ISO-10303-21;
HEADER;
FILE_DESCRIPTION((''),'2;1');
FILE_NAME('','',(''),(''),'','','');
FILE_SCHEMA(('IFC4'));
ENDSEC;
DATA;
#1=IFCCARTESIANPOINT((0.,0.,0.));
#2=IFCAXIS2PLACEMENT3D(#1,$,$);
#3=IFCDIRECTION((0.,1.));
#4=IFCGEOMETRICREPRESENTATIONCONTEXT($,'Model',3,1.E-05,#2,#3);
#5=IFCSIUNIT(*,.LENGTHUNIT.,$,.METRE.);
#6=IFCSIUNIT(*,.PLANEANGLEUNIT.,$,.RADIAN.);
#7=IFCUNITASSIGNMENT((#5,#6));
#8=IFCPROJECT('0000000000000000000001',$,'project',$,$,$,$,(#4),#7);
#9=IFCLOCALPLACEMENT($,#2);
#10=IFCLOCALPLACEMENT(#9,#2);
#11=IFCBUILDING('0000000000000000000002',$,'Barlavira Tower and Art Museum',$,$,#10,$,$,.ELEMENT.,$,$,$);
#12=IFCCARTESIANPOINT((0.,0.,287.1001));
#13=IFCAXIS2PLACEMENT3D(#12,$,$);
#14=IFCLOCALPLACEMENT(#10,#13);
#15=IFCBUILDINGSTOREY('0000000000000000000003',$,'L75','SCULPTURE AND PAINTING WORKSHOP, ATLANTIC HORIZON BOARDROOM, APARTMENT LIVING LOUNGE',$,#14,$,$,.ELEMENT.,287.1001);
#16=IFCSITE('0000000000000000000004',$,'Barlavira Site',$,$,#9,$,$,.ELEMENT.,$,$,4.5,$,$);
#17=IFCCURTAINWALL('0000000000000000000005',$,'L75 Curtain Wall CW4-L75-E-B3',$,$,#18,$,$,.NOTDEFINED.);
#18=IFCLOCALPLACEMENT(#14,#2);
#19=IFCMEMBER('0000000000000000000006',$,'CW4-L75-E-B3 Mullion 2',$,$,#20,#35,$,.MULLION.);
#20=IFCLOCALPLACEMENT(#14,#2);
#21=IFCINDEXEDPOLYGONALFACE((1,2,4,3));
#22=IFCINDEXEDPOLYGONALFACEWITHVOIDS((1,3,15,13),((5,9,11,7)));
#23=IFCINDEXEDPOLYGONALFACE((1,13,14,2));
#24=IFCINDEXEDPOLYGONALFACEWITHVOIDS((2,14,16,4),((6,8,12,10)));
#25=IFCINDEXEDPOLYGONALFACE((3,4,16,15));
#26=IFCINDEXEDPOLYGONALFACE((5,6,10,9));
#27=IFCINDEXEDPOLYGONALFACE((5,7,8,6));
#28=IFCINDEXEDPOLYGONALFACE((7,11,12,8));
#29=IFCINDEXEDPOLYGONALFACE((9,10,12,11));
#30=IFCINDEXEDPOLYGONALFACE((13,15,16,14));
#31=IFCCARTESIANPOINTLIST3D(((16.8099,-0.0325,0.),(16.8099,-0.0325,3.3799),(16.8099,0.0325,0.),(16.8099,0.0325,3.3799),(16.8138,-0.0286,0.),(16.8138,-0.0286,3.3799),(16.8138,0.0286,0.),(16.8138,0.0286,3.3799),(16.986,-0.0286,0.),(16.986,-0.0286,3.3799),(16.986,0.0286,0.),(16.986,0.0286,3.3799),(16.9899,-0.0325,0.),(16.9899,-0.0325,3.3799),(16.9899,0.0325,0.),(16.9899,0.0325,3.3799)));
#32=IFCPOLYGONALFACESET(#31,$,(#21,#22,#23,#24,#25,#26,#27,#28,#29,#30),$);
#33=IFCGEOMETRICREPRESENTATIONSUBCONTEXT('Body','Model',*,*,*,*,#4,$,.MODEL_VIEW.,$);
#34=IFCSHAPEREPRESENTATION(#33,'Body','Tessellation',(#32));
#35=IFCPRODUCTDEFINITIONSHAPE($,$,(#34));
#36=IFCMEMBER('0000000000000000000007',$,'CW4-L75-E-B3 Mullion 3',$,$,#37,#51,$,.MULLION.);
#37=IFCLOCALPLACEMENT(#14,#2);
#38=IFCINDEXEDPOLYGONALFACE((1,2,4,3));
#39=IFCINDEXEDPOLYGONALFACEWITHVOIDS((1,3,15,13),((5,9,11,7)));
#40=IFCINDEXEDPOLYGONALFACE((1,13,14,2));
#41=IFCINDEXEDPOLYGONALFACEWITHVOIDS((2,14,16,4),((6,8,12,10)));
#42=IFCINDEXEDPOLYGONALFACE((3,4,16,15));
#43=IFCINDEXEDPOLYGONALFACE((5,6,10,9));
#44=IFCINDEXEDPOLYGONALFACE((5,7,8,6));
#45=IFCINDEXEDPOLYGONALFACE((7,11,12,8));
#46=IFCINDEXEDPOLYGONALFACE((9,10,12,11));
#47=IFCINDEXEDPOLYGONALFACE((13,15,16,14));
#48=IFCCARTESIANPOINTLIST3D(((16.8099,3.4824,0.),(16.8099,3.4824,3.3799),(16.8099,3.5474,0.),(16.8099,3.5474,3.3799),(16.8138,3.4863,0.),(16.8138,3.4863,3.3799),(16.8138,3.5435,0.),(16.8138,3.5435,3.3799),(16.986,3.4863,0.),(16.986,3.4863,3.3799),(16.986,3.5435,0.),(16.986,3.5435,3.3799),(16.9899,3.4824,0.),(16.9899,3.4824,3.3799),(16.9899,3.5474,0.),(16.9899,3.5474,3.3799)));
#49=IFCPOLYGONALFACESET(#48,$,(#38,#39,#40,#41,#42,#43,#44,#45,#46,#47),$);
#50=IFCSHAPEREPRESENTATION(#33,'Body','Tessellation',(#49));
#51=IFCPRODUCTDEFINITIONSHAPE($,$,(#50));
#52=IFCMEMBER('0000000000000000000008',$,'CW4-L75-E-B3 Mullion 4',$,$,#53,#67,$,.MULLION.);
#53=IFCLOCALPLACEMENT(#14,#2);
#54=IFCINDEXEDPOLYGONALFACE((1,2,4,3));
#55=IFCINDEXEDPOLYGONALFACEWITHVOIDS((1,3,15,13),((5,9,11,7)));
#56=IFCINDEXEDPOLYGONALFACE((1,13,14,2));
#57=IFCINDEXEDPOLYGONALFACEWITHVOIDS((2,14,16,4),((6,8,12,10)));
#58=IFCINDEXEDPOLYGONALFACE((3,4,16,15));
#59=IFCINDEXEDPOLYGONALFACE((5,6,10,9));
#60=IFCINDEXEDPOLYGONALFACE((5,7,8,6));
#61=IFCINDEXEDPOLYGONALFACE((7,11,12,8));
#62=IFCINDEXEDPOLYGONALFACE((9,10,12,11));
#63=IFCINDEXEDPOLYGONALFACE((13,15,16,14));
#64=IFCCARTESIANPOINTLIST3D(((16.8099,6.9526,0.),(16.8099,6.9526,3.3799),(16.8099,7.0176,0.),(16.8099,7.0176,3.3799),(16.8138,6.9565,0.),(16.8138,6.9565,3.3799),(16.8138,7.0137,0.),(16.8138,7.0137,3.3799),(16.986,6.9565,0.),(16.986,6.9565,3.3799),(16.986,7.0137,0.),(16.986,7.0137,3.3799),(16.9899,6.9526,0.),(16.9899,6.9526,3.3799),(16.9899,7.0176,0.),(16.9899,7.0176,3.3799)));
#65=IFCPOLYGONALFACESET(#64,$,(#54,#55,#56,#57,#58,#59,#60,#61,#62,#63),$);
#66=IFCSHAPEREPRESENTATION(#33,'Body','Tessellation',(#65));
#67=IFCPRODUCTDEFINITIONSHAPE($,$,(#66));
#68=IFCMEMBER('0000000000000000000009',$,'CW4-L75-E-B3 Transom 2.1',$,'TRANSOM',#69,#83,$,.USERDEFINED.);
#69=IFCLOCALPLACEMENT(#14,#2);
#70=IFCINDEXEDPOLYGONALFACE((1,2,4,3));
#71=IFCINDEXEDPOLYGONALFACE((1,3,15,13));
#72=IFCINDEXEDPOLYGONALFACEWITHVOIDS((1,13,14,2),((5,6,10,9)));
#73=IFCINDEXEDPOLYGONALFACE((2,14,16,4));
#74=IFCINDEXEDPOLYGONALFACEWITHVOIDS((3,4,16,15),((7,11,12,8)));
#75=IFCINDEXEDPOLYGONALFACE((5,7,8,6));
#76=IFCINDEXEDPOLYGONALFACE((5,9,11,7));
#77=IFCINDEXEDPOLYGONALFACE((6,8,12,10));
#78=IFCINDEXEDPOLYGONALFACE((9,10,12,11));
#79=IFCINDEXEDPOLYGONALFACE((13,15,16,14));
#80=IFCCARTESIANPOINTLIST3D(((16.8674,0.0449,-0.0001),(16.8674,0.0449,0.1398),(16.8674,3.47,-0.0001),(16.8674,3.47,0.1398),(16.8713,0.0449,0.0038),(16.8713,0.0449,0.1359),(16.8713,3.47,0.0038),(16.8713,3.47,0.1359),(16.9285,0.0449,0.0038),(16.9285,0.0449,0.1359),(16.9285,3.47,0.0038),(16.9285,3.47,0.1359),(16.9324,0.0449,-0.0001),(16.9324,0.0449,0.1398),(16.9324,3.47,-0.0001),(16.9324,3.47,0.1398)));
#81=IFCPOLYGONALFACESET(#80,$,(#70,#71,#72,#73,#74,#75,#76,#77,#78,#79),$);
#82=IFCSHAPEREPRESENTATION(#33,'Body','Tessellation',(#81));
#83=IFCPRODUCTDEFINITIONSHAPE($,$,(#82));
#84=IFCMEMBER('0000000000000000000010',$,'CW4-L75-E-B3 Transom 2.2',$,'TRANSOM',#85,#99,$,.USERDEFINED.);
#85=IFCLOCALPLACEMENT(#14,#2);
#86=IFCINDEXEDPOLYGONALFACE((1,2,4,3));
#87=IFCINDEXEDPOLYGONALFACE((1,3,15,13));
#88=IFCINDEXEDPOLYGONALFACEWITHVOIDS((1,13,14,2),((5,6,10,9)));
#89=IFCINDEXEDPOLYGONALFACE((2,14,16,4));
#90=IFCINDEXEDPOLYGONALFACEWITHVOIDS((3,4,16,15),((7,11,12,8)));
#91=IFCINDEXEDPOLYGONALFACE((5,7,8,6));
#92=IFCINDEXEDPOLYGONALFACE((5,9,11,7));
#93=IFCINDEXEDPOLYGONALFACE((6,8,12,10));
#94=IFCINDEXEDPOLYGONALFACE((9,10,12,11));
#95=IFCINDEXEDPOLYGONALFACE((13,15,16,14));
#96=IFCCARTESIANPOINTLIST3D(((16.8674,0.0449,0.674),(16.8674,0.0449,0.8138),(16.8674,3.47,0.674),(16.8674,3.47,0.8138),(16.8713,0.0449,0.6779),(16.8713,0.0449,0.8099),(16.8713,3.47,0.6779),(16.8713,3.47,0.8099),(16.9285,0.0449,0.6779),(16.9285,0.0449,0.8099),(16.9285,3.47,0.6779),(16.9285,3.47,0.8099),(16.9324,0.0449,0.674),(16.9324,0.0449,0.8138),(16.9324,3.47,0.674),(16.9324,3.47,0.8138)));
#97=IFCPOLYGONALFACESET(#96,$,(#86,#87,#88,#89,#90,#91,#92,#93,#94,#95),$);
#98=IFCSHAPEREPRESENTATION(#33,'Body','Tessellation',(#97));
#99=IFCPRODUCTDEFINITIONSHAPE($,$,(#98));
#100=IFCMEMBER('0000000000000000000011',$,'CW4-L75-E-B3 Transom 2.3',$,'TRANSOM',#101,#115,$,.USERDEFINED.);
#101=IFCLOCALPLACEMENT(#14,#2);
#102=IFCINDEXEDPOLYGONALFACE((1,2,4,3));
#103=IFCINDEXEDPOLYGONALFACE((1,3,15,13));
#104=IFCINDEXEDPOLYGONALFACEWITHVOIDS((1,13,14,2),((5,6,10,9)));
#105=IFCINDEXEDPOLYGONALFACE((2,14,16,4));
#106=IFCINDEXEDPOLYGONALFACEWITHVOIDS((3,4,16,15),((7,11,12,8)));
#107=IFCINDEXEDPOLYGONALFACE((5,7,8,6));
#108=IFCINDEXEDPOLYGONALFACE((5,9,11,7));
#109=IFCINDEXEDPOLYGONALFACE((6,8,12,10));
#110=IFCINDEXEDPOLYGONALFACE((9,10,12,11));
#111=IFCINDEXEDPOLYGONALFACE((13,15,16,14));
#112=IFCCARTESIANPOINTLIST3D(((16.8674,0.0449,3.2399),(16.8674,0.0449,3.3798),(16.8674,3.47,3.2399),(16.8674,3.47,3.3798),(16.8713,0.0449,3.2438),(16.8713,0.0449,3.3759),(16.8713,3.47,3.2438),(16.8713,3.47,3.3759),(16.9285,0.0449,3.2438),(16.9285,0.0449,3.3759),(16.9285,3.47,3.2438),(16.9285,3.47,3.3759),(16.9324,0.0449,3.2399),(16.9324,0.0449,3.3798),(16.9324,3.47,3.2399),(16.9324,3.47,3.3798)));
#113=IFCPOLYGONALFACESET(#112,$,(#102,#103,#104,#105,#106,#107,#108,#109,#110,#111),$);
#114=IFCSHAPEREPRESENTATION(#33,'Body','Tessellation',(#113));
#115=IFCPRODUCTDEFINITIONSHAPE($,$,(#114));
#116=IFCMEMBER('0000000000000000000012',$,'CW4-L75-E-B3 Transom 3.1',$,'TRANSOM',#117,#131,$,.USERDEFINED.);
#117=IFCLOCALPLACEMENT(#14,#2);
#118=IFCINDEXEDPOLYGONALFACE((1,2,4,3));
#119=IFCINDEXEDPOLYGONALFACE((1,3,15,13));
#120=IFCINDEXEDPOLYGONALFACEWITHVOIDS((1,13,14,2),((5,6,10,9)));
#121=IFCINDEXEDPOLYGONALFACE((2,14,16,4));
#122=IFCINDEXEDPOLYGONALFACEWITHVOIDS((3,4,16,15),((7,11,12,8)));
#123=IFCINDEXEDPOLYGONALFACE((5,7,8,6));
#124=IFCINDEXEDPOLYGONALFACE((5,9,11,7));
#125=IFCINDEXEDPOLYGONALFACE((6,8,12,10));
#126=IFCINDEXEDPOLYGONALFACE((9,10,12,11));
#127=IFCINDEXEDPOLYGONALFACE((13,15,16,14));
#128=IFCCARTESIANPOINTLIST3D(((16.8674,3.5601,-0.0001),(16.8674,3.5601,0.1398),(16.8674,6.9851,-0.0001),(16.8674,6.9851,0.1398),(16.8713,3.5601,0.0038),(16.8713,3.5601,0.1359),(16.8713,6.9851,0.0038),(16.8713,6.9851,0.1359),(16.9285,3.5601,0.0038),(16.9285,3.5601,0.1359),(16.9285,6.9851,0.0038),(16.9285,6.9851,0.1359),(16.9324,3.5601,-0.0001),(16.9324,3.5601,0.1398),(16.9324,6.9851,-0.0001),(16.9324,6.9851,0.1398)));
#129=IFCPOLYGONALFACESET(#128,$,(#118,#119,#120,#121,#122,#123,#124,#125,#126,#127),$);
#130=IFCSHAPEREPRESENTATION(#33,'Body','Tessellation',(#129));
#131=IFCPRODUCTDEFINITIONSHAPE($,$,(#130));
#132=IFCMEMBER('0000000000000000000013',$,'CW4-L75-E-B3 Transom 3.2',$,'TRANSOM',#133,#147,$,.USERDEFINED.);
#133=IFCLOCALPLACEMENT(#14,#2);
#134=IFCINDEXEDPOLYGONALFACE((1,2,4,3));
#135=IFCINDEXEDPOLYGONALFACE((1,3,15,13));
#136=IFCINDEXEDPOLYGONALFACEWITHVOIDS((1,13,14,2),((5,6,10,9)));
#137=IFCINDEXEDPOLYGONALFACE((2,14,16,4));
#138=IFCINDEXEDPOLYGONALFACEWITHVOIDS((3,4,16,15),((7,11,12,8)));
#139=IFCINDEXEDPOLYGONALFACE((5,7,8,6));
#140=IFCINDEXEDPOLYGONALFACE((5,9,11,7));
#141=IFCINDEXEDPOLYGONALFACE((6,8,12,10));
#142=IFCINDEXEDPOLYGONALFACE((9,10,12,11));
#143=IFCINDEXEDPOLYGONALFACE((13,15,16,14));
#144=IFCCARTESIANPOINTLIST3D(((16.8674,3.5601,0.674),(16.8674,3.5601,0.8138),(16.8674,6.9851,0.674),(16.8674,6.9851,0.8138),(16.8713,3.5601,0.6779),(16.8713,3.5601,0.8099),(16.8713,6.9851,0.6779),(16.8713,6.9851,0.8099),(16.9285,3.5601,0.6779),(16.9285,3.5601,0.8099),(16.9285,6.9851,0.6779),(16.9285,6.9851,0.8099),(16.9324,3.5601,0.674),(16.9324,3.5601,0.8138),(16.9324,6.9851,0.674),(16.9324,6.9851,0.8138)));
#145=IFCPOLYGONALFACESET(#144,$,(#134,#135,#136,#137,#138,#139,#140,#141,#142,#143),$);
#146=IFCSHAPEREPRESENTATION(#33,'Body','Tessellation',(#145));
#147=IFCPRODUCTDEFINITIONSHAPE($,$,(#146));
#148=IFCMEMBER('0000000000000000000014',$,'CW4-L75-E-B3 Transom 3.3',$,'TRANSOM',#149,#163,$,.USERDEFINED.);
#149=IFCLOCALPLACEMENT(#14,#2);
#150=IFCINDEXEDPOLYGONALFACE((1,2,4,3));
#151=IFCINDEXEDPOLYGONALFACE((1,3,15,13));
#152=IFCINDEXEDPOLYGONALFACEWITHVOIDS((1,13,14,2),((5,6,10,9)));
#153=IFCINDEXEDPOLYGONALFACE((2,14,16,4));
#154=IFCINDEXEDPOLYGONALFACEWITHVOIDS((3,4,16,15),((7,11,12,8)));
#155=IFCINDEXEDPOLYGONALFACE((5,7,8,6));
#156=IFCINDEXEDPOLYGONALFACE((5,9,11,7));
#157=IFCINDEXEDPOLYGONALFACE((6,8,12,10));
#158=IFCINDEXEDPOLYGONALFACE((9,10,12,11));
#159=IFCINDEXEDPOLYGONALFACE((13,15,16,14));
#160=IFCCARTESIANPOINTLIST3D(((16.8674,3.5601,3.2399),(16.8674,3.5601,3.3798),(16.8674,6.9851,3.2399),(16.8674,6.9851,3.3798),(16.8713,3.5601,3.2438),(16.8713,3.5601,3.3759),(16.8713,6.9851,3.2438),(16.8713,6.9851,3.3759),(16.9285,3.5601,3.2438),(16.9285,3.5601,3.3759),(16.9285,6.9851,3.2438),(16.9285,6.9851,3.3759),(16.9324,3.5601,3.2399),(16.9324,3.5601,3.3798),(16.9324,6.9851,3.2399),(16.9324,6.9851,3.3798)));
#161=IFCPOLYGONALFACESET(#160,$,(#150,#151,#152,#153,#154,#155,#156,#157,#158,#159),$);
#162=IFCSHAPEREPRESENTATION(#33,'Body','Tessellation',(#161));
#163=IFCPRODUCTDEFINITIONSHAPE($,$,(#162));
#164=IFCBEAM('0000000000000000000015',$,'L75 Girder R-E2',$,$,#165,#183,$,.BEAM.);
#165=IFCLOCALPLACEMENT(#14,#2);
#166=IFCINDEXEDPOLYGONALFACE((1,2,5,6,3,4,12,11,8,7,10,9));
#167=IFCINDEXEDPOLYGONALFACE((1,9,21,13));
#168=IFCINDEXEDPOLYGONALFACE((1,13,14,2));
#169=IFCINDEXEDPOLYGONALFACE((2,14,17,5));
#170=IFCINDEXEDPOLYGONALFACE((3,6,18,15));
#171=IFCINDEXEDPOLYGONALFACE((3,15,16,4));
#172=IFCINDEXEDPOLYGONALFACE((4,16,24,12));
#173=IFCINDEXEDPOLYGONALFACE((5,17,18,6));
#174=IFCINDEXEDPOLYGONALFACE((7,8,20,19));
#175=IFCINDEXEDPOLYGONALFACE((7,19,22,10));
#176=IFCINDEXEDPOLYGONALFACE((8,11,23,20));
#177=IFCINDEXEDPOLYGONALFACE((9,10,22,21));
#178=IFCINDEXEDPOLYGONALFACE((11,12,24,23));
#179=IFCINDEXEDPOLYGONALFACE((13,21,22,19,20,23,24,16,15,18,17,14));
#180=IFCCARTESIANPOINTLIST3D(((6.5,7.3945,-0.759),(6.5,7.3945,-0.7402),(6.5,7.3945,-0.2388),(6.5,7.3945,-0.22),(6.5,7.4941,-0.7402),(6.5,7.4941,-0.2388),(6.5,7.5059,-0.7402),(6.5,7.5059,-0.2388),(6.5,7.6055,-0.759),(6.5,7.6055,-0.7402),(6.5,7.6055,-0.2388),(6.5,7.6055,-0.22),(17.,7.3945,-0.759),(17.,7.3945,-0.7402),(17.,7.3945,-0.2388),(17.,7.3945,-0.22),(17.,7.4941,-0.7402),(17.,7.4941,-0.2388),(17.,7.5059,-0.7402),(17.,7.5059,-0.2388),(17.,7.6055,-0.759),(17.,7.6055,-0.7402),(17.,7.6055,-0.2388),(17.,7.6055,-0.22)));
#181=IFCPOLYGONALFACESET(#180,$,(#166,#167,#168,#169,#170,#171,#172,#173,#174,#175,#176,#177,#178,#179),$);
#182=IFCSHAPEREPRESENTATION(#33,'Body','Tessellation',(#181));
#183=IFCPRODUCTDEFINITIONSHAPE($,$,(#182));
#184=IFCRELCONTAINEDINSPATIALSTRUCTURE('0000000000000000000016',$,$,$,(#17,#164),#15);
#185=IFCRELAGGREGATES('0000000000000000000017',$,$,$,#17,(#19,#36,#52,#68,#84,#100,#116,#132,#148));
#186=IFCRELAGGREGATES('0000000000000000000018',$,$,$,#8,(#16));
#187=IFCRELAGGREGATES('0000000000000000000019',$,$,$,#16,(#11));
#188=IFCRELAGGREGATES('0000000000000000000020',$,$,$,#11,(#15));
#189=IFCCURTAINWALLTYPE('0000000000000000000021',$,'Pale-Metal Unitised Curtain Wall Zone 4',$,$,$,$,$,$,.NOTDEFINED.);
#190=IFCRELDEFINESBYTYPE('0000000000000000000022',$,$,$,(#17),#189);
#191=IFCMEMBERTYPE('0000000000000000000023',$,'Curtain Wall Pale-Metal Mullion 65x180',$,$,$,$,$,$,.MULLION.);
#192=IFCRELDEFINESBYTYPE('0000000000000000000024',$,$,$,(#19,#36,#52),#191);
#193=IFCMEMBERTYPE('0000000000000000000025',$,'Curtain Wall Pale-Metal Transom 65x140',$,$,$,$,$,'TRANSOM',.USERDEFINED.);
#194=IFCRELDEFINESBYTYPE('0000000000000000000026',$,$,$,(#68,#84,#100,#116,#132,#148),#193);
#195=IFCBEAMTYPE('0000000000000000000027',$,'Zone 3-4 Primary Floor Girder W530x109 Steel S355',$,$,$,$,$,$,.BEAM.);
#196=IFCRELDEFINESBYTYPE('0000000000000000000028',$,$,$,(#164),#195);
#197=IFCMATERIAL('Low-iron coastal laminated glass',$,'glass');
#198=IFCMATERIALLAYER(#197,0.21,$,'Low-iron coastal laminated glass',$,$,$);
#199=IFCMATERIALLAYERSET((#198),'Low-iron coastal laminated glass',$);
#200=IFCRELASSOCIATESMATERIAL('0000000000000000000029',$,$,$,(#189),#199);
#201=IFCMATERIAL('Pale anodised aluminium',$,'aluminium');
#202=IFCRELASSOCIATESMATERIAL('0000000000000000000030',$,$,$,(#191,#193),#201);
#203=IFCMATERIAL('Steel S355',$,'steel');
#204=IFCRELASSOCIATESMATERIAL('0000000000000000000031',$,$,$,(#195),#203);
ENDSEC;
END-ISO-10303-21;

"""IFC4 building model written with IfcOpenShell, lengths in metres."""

from ifc_helpers import new_model, si_unit, direction, frame, origin, origin_2d, place, context, subcontext, project, spatial, hollow_rectangle, i_section, extrude, material, layer, layer_set, material_profile, profile_set, type_object, element, aggregate, save


model = new_model("IFC4")

# Units and contexts
model_context = context("Model", 3, precision=1e-05, world=origin(), true_north=direction((0.0, 1.0)))
body_context = subcontext(model_context, "Body", "Model", "MODEL_VIEW")
ifc_project = project(units=[si_unit("LENGTHUNIT", "METRE"), si_unit("PLANEANGLEUNIT", "RADIAN")], contexts=[model_context])

# Site, building, storey
site_placement = place(None, origin())
site = spatial("IfcSite", under=ifc_project, at=site_placement, Name="Barlavira Site", CompositionType="ELEMENT", RefElevation=4.5)
building_placement = place(site_placement, origin())
building = spatial("IfcBuilding", under=site, at=building_placement, Name="Barlavira Tower and Art Museum", CompositionType="ELEMENT")
storey_placement = place(building_placement, frame((0.0, 0.0, 287.1001)))
storey = spatial("IfcBuildingStorey", under=building, at=storey_placement, Name="L75", Description="SCULPTURE AND PAINTING WORKSHOP, ATLANTIC HORIZON BOARDROOM, APARTMENT LIVING LOUNGE", CompositionType="ELEMENT", Elevation=287.1001)

# Curtain wall, members
ifc_material_1 = material(Name="Low-iron coastal laminated glass", Category="glass")
ifc_layer_1 = layer(ifc_material_1, 0.21, Name="Low-iron coastal laminated glass")
ifc_layer_set_1 = layer_set([ifc_layer_1], Name="Low-iron coastal laminated glass")
curtain_wall_type = type_object("IfcCurtainWallType", Name="Pale-Metal Unitised Curtain Wall Zone 4", PredefinedType="NOTDEFINED", material=ifc_layer_set_1)
curtain_wall_placement = place(storey_placement, origin())
curtain_wall = element("IfcCurtainWall", 1, at=curtain_wall_placement, inside=storey, type_object=curtain_wall_type, Name="L75 Curtain Wall CW4-L75-E-B3", PredefinedType="NOTDEFINED")
ifc_material_2 = material(Name="Pale anodised aluminium", Category="aluminium")
ifc_material_profile_1 = material_profile(ifc_material_2, hollow_rectangle(XDim=0.0649, YDim=0.1799, WallThickness=0.0039, at=origin_2d()), Name="ALU-MULL 65x180x4")
ifc_profile_set_1 = profile_set([ifc_material_profile_1], Name="Pale anodised aluminium")
member_type_1 = type_object("IfcMemberType", Name="Curtain Wall Pale-Metal Mullion 65x180", PredefinedType="MULLION", material=ifc_profile_set_1)
member_1_placement = place(storey_placement, frame((16.8999, 0.0, 0.0), z_axis=(0.0, 0.0, 1.0), x_axis=(0.0, 1.0, 0.0)))
member_1 = element("IfcMember", 2, at=member_1_placement, type_object=member_type_1, Name="CW4-L75-E-B3 Mullion 2", PredefinedType="MULLION", context=body_context, shape_type="SweptSolid", body=[
    extrude(hollow_rectangle(XDim=0.0649, YDim=0.1799, WallThickness=0.0039, at=origin_2d()), origin(), (0.0, 0.0, 1.0), 3.3799),
])
member_2_placement = place(storey_placement, frame((16.8999, 3.5149, 0.0), z_axis=(0.0, 0.0, 1.0), x_axis=(0.0, 1.0, 0.0)))
member_2 = element("IfcMember", 3, at=member_2_placement, type_object=member_type_1, Name="CW4-L75-E-B3 Mullion 3", PredefinedType="MULLION", context=body_context, shape_type="SweptSolid", body=[
    extrude(hollow_rectangle(XDim=0.0649, YDim=0.1799, WallThickness=0.0039, at=origin_2d()), origin(), (0.0, 0.0, 1.0), 3.3799),
])
member_3_placement = place(storey_placement, frame((16.8999, 6.9851, 0.0), z_axis=(0.0, 0.0, 1.0), x_axis=(0.0, 1.0, 0.0)))
member_3 = element("IfcMember", 4, at=member_3_placement, type_object=member_type_1, Name="CW4-L75-E-B3 Mullion 4", PredefinedType="MULLION", context=body_context, shape_type="SweptSolid", body=[
    extrude(hollow_rectangle(XDim=0.0649, YDim=0.1799, WallThickness=0.0039, at=origin_2d()), origin(), (0.0, 0.0, 1.0), 3.3799),
])
ifc_material_profile_2 = material_profile(ifc_material_2, hollow_rectangle(XDim=0.0649, YDim=0.1399, WallThickness=0.0039, at=origin_2d()), Name="ALU-TRAN 65x140x4")
ifc_profile_set_2 = profile_set([ifc_material_profile_2], Name="Pale anodised aluminium")
member_type_2 = type_object("IfcMemberType", Name="Curtain Wall Pale-Metal Transom 65x140", ElementType="TRANSOM", PredefinedType="USERDEFINED", material=ifc_profile_set_2)
member_4_placement = place(storey_placement, frame((16.8999, 0.0449, 0.0698), z_axis=(0.0, 1.0, 0.0), x_axis=(-1.0, 0.0, 0.0)))
member_4 = element("IfcMember", 5, at=member_4_placement, type_object=member_type_2, Name="CW4-L75-E-B3 Transom 2.1", ObjectType="TRANSOM", PredefinedType="USERDEFINED", context=body_context, shape_type="SweptSolid", body=[
    extrude(hollow_rectangle(XDim=0.0649, YDim=0.1399, WallThickness=0.0039, at=origin_2d()), origin(), (0.0, 0.0, 1.0), 3.425),
])
member_5_placement = place(storey_placement, frame((16.8999, 0.0449, 0.7439), z_axis=(0.0, 1.0, 0.0), x_axis=(-1.0, 0.0, 0.0)))
member_5 = element("IfcMember", 6, at=member_5_placement, type_object=member_type_2, Name="CW4-L75-E-B3 Transom 2.2", ObjectType="TRANSOM", PredefinedType="USERDEFINED", context=body_context, shape_type="SweptSolid", body=[
    extrude(hollow_rectangle(XDim=0.0649, YDim=0.1399, WallThickness=0.0039, at=origin_2d()), origin(), (0.0, 0.0, 1.0), 3.425),
])
member_6_placement = place(storey_placement, frame((16.8999, 0.0449, 3.3098), z_axis=(0.0, 1.0, 0.0), x_axis=(-1.0, 0.0, 0.0)))
member_6 = element("IfcMember", 7, at=member_6_placement, type_object=member_type_2, Name="CW4-L75-E-B3 Transom 2.3", ObjectType="TRANSOM", PredefinedType="USERDEFINED", context=body_context, shape_type="SweptSolid", body=[
    extrude(hollow_rectangle(XDim=0.0649, YDim=0.1399, WallThickness=0.0039, at=origin_2d()), origin(), (0.0, 0.0, 1.0), 3.425),
])
member_7_placement = place(storey_placement, frame((16.8999, 3.5601, 0.0698), z_axis=(0.0, 1.0, 0.0), x_axis=(-1.0, 0.0, 0.0)))
member_7 = element("IfcMember", 8, at=member_7_placement, type_object=member_type_2, Name="CW4-L75-E-B3 Transom 3.1", ObjectType="TRANSOM", PredefinedType="USERDEFINED", context=body_context, shape_type="SweptSolid", body=[
    extrude(hollow_rectangle(XDim=0.0649, YDim=0.1399, WallThickness=0.0039, at=origin_2d()), origin(), (0.0, 0.0, 1.0), 3.425),
])
member_8_placement = place(storey_placement, frame((16.8999, 3.5601, 0.7439), z_axis=(0.0, 1.0, 0.0), x_axis=(-1.0, 0.0, 0.0)))
member_8 = element("IfcMember", 9, at=member_8_placement, type_object=member_type_2, Name="CW4-L75-E-B3 Transom 3.2", ObjectType="TRANSOM", PredefinedType="USERDEFINED", context=body_context, shape_type="SweptSolid", body=[
    extrude(hollow_rectangle(XDim=0.0649, YDim=0.1399, WallThickness=0.0039, at=origin_2d()), origin(), (0.0, 0.0, 1.0), 3.425),
])
member_9_placement = place(storey_placement, frame((16.8999, 3.5601, 3.3098), z_axis=(0.0, 1.0, 0.0), x_axis=(-1.0, 0.0, 0.0)))
member_9 = element("IfcMember", 10, at=member_9_placement, type_object=member_type_2, Name="CW4-L75-E-B3 Transom 3.3", ObjectType="TRANSOM", PredefinedType="USERDEFINED", context=body_context, shape_type="SweptSolid", body=[
    extrude(hollow_rectangle(XDim=0.0649, YDim=0.1399, WallThickness=0.0039, at=origin_2d()), origin(), (0.0, 0.0, 1.0), 3.425),
])

# Beam
ifc_material_3 = material(Name="Steel S355", Category="steel")
ifc_material_profile_3 = material_profile(ifc_material_3, i_section(OverallWidth=0.2109, OverallDepth=0.5391, WebThickness=0.0117, FlangeThickness=0.0188, at=origin_2d()), Name="W530x109.0")
ifc_profile_set_3 = profile_set([ifc_material_profile_3], Name="Steel S355")
beam_type = type_object("IfcBeamType", Name="Zone 3-4 Primary Floor Girder W530x109 Steel S355", PredefinedType="BEAM", material=ifc_profile_set_3)
beam_placement = place(storey_placement, frame((6.5, 7.5, -0.4895), z_axis=(1.0, 0.0, 0.0), x_axis=(0.0, 1.0, 0.0)))
element("IfcBeam", 11, at=beam_placement, inside=storey, type_object=beam_type, Name="L75 Girder R-E2", PredefinedType="BEAM", context=body_context, shape_type="SweptSolid", body=[
    extrude(i_section(OverallWidth=0.2109, OverallDepth=0.5391, WebThickness=0.0117, FlangeThickness=0.0188, at=origin_2d()), origin(), (0.0, 0.0, 1.0), 10.5),
])

aggregate(curtain_wall, [member_1, member_2, member_3, member_4, member_5, member_6, member_7, member_8, member_9])

save(model, "model.ifc")
